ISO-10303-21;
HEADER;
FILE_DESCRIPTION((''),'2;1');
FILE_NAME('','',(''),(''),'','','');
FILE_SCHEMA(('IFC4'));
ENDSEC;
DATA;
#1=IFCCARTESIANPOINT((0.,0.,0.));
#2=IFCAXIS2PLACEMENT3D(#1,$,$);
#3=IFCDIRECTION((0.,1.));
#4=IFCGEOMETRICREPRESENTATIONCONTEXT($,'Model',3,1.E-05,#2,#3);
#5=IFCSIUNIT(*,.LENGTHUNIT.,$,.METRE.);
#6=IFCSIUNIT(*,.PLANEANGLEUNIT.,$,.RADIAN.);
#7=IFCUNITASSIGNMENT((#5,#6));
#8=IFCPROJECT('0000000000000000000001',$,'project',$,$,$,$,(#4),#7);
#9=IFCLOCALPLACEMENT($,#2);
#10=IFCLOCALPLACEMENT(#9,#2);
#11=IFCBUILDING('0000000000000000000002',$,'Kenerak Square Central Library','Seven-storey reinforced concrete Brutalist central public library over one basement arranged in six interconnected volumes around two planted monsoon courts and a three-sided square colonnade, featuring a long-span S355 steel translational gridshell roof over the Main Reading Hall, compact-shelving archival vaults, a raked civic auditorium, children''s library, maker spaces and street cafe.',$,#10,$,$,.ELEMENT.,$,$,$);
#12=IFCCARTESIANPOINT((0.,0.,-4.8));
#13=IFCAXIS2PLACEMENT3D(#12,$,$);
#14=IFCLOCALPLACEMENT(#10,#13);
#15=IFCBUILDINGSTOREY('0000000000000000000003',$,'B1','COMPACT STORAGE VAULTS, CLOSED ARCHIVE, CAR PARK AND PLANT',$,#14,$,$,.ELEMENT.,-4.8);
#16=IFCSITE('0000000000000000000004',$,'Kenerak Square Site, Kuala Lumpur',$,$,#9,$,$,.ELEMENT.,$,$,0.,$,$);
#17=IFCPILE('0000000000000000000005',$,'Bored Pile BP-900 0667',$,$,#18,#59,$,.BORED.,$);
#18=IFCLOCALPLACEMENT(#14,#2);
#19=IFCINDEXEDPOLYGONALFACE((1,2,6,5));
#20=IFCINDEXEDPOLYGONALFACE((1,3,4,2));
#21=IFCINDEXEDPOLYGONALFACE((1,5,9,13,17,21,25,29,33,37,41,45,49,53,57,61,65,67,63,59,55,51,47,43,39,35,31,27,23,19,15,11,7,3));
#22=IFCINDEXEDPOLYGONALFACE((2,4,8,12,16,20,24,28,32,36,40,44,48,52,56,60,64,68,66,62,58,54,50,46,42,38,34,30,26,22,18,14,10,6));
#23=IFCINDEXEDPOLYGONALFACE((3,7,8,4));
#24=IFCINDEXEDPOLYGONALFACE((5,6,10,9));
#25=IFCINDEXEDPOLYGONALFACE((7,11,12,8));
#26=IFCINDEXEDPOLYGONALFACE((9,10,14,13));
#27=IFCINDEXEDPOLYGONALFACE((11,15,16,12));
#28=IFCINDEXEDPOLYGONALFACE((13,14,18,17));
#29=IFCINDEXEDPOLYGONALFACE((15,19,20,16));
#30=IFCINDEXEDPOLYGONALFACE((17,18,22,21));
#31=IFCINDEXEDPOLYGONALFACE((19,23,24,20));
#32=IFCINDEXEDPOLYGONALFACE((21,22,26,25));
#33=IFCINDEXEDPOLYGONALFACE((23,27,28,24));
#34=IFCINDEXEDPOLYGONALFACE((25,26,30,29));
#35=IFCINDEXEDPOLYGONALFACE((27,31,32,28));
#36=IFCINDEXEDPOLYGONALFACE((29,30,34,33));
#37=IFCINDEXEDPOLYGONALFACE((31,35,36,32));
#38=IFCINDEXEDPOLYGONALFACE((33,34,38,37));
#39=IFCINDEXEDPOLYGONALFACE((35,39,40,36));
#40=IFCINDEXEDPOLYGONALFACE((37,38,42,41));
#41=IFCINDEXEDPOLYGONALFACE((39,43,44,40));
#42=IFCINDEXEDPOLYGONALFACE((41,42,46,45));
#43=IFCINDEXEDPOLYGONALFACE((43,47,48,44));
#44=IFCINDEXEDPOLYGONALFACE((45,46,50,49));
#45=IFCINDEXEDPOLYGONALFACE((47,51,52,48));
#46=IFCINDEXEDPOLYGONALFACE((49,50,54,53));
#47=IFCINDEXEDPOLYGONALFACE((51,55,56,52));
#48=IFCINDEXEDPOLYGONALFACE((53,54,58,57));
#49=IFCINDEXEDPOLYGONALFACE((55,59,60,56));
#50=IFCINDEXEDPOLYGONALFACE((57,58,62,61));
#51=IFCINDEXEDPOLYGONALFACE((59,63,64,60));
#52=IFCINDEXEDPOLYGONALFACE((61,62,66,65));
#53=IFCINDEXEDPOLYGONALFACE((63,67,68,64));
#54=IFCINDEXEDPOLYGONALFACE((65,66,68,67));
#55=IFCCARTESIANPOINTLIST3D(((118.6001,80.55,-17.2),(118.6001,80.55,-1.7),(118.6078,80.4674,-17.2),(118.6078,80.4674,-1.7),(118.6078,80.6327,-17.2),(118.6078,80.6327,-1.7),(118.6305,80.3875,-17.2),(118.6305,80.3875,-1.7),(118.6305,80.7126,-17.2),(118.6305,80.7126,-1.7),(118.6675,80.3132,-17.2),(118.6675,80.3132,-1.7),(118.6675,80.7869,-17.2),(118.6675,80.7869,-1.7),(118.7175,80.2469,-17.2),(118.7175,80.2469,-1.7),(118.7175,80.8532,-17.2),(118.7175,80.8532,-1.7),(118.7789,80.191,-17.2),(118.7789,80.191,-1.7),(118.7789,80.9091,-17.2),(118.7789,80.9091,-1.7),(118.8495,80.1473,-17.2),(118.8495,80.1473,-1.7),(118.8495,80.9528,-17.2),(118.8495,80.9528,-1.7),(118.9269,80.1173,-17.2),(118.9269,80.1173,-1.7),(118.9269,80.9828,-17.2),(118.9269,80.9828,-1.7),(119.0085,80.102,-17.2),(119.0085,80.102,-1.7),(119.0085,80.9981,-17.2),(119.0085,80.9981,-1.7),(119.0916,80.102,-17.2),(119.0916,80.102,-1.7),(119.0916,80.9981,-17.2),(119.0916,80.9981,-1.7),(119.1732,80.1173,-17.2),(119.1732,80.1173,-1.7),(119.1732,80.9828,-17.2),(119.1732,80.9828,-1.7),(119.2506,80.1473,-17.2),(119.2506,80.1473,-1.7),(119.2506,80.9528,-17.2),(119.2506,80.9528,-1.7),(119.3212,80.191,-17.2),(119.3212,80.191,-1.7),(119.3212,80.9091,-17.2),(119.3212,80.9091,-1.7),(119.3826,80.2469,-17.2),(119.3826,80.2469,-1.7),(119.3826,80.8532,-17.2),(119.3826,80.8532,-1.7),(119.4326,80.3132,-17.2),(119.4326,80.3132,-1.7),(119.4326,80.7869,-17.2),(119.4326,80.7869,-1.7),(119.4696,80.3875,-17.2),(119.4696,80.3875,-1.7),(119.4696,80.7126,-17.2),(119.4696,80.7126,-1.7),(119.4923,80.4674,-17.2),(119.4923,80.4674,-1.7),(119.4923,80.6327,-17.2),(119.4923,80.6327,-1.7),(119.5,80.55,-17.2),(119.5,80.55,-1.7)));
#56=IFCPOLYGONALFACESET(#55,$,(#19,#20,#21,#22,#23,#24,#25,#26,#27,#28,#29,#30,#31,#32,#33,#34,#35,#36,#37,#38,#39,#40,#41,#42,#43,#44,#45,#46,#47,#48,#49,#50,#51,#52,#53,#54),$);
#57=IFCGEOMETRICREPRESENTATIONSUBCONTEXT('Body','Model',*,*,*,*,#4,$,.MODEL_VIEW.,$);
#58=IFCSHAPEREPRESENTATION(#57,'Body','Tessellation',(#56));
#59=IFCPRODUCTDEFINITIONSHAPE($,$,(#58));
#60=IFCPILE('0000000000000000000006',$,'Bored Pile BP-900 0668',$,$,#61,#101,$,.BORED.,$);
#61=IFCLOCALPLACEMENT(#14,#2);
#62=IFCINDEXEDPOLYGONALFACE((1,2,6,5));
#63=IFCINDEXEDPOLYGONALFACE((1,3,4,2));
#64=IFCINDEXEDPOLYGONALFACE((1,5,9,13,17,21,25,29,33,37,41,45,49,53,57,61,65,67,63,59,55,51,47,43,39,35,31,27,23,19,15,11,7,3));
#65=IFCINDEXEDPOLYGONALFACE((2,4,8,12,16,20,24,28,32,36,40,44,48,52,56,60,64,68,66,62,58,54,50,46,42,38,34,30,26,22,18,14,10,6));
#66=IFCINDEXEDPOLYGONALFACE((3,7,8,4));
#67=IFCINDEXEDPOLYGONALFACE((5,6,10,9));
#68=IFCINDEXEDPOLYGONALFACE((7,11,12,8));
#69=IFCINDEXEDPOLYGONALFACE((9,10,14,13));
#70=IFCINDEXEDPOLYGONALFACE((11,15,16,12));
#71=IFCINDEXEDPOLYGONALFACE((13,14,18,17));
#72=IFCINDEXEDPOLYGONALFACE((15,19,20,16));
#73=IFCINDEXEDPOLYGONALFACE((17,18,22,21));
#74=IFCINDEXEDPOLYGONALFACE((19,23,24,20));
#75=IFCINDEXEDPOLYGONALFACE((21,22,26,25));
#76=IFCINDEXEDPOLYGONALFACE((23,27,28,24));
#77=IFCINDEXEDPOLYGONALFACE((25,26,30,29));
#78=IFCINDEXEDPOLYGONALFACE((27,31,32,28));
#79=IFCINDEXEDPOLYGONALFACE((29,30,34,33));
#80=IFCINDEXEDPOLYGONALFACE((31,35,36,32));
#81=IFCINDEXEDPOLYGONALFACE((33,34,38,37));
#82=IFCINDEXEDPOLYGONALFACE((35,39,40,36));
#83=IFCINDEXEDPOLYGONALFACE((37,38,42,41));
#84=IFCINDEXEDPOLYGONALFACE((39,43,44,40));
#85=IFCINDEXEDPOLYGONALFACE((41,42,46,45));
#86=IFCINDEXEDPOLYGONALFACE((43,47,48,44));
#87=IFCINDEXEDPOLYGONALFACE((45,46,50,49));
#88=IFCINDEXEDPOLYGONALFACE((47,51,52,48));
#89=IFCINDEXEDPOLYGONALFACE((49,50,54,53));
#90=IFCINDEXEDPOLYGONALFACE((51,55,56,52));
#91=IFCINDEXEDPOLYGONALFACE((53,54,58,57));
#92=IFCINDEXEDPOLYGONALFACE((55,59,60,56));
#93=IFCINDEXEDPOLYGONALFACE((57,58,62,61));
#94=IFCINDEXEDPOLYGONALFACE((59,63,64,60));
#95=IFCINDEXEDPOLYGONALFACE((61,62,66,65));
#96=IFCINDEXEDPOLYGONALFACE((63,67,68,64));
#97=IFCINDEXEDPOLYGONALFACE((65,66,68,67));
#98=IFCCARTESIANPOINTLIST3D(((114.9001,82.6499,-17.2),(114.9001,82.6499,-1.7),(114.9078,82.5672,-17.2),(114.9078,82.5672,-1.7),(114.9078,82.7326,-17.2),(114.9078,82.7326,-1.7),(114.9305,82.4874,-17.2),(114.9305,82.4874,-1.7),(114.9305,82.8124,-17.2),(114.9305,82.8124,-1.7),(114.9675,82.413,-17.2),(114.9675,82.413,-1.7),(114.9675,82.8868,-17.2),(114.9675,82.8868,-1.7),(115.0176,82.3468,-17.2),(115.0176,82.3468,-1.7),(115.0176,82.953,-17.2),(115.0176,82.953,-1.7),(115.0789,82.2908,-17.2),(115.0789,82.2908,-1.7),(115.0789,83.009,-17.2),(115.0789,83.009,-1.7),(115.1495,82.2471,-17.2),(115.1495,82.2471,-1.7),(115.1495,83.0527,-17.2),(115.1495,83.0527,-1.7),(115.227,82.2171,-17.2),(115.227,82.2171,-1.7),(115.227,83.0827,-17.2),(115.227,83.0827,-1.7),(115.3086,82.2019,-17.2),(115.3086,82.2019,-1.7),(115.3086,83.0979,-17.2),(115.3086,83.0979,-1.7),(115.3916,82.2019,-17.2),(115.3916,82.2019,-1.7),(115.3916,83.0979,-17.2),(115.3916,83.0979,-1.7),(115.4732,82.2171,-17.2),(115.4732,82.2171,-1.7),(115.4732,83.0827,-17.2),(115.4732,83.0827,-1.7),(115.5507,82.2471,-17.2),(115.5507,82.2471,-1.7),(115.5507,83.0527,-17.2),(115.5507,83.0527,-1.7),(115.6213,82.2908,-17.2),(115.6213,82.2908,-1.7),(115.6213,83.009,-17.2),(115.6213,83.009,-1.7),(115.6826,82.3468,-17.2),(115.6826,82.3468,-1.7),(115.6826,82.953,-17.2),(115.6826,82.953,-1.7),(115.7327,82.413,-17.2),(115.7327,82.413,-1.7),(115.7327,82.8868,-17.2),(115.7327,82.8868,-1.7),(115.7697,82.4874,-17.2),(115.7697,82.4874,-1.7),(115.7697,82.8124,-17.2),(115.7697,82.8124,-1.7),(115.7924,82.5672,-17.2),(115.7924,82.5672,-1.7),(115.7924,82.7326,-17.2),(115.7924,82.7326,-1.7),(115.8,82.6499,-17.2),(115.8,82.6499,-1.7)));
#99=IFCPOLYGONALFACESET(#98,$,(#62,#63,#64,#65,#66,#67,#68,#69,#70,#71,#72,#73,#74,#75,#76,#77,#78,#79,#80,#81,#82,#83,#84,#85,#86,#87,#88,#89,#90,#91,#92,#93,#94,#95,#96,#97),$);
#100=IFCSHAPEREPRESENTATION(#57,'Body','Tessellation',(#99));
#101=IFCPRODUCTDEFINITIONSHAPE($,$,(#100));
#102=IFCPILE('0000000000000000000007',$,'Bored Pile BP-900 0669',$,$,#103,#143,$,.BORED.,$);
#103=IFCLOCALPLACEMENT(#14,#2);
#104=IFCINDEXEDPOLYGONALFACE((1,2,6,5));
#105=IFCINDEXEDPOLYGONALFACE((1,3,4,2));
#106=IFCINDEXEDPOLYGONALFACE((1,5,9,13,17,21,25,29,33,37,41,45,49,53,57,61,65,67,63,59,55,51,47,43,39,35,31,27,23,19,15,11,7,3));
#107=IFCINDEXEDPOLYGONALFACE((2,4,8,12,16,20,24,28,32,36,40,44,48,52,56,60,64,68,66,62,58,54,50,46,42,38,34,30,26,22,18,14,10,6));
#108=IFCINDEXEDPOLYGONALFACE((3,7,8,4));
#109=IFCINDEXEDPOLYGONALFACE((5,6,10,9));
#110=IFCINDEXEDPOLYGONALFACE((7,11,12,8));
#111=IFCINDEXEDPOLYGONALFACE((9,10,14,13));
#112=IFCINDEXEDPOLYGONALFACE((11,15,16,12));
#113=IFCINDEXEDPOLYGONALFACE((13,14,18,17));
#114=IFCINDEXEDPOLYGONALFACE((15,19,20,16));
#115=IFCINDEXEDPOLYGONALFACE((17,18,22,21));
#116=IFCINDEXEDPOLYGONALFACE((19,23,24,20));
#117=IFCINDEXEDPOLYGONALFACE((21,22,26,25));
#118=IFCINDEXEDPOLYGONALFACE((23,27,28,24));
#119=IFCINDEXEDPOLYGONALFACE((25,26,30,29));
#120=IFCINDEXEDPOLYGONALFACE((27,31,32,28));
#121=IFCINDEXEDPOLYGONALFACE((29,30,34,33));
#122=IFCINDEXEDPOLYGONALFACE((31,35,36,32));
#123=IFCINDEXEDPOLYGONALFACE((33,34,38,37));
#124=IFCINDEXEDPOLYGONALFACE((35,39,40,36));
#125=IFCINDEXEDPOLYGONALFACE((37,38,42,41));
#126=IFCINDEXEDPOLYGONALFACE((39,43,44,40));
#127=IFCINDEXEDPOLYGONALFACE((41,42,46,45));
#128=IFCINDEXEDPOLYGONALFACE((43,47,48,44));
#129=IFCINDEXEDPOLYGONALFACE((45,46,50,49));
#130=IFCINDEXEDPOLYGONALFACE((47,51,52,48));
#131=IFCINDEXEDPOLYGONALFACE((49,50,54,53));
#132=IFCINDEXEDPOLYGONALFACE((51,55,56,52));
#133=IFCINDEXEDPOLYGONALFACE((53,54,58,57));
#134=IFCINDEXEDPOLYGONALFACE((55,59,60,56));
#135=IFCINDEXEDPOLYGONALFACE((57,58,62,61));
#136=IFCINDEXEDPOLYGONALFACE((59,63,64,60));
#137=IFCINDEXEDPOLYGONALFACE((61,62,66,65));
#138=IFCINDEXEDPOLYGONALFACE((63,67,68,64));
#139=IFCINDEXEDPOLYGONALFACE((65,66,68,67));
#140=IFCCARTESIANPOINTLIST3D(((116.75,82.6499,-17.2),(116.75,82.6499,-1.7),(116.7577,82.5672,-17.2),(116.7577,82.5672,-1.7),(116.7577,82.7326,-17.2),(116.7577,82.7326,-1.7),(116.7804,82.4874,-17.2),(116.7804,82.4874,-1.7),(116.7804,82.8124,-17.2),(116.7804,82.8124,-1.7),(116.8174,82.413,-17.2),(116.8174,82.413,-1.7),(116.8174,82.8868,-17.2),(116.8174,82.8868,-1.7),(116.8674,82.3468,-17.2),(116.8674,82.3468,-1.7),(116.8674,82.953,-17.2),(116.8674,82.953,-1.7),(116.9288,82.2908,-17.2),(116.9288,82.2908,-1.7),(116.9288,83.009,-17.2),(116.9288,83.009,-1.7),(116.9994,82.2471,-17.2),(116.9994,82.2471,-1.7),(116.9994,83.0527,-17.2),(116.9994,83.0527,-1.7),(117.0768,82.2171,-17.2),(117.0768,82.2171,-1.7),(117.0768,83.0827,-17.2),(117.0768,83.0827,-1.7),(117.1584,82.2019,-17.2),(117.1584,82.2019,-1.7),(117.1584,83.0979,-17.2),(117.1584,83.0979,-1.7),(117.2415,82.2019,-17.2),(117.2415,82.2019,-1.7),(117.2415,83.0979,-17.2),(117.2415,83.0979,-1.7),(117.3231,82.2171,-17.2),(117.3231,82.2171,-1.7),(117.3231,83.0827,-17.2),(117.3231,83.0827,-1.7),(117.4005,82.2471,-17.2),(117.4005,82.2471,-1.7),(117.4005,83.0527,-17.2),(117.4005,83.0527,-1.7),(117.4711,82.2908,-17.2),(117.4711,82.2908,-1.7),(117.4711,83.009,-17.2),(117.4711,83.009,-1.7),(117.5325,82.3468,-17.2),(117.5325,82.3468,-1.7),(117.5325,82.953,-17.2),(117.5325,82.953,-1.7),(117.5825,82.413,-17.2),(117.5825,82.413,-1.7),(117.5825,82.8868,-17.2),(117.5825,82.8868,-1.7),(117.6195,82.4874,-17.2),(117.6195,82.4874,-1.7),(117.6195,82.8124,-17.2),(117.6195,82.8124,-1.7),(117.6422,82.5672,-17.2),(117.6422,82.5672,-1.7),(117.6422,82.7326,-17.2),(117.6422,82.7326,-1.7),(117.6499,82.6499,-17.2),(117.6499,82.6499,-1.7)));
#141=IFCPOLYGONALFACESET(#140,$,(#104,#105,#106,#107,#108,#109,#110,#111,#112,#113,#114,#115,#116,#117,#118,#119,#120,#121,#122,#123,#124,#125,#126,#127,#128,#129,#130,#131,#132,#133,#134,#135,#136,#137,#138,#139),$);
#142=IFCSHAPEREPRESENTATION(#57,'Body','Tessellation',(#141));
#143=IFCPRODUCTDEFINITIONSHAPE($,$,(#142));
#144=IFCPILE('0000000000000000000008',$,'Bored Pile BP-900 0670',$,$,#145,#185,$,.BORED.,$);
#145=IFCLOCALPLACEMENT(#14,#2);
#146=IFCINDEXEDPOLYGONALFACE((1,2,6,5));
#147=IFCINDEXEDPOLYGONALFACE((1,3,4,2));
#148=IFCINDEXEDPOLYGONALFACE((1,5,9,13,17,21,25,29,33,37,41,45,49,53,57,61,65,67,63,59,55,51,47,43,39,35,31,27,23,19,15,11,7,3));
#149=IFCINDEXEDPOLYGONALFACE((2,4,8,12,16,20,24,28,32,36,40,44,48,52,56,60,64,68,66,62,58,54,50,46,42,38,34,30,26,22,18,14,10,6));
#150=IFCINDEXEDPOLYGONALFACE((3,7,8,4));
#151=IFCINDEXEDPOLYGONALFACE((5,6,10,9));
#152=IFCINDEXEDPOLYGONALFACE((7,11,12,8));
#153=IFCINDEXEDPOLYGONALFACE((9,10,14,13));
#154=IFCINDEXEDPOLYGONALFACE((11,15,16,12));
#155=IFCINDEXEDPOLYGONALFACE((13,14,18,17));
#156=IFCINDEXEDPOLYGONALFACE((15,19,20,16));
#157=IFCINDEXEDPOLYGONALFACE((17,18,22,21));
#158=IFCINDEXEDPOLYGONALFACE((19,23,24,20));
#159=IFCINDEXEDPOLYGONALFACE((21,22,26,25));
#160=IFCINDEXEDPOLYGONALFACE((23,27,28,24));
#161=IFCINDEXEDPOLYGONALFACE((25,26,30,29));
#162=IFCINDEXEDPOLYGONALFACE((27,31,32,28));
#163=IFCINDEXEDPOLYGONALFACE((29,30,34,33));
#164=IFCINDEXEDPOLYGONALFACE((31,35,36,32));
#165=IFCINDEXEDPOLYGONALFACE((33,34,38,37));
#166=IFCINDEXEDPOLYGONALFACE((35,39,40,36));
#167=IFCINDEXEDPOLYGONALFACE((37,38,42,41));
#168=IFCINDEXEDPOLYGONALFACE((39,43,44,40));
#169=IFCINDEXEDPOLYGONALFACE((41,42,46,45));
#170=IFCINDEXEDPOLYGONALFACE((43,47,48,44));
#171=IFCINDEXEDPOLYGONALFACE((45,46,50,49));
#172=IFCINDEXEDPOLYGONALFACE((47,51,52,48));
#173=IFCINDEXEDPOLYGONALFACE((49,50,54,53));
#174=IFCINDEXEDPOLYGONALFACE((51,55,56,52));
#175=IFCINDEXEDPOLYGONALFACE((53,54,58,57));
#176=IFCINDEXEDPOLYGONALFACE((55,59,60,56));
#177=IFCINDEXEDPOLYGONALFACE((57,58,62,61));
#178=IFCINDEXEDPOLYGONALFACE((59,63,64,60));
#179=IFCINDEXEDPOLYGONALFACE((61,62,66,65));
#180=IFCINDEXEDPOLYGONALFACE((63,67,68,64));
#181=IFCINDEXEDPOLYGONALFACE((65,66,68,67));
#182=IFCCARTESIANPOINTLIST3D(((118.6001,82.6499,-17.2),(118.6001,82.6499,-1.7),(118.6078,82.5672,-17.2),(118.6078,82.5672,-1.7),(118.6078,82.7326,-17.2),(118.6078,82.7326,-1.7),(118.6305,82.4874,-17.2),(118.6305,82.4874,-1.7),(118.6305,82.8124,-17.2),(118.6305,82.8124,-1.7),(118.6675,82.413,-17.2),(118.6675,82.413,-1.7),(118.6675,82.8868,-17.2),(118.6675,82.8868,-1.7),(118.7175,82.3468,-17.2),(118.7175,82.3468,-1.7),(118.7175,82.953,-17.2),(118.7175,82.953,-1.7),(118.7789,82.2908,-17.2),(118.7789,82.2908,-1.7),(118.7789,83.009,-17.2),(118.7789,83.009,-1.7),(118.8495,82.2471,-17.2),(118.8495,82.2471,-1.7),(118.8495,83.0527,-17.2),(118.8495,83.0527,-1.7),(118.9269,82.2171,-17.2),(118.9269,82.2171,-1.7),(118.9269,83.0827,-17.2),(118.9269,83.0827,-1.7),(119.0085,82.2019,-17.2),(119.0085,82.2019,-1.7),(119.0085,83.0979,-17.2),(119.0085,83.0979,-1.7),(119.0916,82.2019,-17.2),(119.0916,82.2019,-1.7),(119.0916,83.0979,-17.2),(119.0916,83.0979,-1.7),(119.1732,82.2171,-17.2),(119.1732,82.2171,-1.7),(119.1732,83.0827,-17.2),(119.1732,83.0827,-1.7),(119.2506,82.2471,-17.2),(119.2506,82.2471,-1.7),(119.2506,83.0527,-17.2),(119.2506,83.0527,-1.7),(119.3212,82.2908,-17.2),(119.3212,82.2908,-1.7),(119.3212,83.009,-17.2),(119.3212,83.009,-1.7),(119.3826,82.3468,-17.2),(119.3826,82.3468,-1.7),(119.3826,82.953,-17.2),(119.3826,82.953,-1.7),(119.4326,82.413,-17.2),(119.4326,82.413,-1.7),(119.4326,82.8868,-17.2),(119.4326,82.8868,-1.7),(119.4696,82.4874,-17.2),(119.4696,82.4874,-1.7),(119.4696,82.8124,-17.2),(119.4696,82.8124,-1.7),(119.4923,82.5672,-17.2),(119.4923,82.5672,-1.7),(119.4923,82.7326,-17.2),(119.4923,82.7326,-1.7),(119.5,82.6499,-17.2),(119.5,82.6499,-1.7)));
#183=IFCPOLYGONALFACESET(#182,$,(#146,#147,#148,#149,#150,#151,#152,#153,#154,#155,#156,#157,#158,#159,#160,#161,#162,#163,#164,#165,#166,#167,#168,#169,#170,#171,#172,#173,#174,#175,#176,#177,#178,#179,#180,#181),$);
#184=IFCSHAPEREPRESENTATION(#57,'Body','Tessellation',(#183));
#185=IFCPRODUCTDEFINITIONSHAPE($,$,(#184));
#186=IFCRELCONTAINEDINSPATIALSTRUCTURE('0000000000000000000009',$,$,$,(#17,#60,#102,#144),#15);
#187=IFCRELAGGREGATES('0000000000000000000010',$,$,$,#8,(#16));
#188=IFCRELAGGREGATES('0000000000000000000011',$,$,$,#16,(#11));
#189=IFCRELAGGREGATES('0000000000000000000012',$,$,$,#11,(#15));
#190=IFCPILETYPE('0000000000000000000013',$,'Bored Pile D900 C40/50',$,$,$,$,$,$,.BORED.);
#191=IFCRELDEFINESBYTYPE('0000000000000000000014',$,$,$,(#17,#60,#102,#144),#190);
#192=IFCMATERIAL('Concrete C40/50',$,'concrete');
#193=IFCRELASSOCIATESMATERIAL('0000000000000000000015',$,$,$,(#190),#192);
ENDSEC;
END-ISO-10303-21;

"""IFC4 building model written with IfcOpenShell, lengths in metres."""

from ifc_helpers import new_model, si_unit, direction, frame, origin, origin_2d, place, context, subcontext, project, spatial, circle, extrude, material, material_profile, profile_set, type_object, element, save


model = new_model("IFC4")

# Units and contexts
model_context = context("Model", 3, precision=1e-05, world=origin(), true_north=direction((0.0, 1.0)))
body_context = subcontext(model_context, "Body", "Model", "MODEL_VIEW")
ifc_project = project(units=[si_unit("LENGTHUNIT", "METRE"), si_unit("PLANEANGLEUNIT", "RADIAN")], contexts=[model_context])

# Site, building, storey
site_placement = place(None, origin())
site = spatial("IfcSite", under=ifc_project, at=site_placement, Name="Kenerak Square Site, Kuala Lumpur", CompositionType="ELEMENT", RefElevation=0.0)
building_placement = place(site_placement, origin())
building = spatial("IfcBuilding", under=site, at=building_placement, Name="Kenerak Square Central Library", Description="Seven-storey reinforced concrete Brutalist central public library over one basement arranged in six interconnected volumes around two planted monsoon courts and a three-sided square colonnade, featuring a long-span S355 steel translational gridshell roof over the Main Reading Hall, compact-shelving archival vaults, a raked civic auditorium, children's library, maker spaces and street cafe.", CompositionType="ELEMENT")
storey_placement = place(building_placement, frame((0.0, 0.0, -4.8)))
storey = spatial("IfcBuildingStorey", under=building, at=storey_placement, Name="B1", Description="COMPACT STORAGE VAULTS, CLOSED ARCHIVE, CAR PARK AND PLANT", CompositionType="ELEMENT", Elevation=-4.8)

# Piles
ifc_material_1 = material(Name="Concrete C40/50", Category="concrete")
ifc_material_profile_1 = material_profile(ifc_material_1, circle(Radius=0.45, at=origin_2d()), Name="BP D900")
ifc_profile_set_1 = profile_set([ifc_material_profile_1], Name="Concrete C40/50")
pile_type_1 = type_object("IfcPileType", Name="Bored Pile D900 C40/50", PredefinedType="BORED", material=ifc_profile_set_1)
for number, where, z_axis, x_axis, name in (
    (1, (119.05, 80.55, -1.7), (0.0, 0.0, -1.0), (1.0, 0.0, 0.0), "Bored Pile BP-900 0667"),
    (2, (115.3501, 82.6499, -1.7), (0.0, 0.0, -1.0), (1.0, 0.0, 0.0), "Bored Pile BP-900 0668"),
    (3, (117.2, 82.6499, -1.7), (0.0, 0.0, -1.0), (1.0, 0.0, 0.0), "Bored Pile BP-900 0669"),
    (4, (119.05, 82.6499, -1.7), (0.0, 0.0, -1.0), (1.0, 0.0, 0.0), "Bored Pile BP-900 0670"),
):
    element("IfcPile", number, at=place(storey_placement, frame(where, z_axis=z_axis, x_axis=x_axis)), inside=storey, type_object=pile_type_1, Name=name, PredefinedType="BORED", context=body_context, shape_type="SweptSolid", body=[
        extrude(circle(Radius=0.45, at=origin_2d()), origin(), (0.0, 0.0, 1.0), 15.5),
    ])

save(model, "model.ifc")
